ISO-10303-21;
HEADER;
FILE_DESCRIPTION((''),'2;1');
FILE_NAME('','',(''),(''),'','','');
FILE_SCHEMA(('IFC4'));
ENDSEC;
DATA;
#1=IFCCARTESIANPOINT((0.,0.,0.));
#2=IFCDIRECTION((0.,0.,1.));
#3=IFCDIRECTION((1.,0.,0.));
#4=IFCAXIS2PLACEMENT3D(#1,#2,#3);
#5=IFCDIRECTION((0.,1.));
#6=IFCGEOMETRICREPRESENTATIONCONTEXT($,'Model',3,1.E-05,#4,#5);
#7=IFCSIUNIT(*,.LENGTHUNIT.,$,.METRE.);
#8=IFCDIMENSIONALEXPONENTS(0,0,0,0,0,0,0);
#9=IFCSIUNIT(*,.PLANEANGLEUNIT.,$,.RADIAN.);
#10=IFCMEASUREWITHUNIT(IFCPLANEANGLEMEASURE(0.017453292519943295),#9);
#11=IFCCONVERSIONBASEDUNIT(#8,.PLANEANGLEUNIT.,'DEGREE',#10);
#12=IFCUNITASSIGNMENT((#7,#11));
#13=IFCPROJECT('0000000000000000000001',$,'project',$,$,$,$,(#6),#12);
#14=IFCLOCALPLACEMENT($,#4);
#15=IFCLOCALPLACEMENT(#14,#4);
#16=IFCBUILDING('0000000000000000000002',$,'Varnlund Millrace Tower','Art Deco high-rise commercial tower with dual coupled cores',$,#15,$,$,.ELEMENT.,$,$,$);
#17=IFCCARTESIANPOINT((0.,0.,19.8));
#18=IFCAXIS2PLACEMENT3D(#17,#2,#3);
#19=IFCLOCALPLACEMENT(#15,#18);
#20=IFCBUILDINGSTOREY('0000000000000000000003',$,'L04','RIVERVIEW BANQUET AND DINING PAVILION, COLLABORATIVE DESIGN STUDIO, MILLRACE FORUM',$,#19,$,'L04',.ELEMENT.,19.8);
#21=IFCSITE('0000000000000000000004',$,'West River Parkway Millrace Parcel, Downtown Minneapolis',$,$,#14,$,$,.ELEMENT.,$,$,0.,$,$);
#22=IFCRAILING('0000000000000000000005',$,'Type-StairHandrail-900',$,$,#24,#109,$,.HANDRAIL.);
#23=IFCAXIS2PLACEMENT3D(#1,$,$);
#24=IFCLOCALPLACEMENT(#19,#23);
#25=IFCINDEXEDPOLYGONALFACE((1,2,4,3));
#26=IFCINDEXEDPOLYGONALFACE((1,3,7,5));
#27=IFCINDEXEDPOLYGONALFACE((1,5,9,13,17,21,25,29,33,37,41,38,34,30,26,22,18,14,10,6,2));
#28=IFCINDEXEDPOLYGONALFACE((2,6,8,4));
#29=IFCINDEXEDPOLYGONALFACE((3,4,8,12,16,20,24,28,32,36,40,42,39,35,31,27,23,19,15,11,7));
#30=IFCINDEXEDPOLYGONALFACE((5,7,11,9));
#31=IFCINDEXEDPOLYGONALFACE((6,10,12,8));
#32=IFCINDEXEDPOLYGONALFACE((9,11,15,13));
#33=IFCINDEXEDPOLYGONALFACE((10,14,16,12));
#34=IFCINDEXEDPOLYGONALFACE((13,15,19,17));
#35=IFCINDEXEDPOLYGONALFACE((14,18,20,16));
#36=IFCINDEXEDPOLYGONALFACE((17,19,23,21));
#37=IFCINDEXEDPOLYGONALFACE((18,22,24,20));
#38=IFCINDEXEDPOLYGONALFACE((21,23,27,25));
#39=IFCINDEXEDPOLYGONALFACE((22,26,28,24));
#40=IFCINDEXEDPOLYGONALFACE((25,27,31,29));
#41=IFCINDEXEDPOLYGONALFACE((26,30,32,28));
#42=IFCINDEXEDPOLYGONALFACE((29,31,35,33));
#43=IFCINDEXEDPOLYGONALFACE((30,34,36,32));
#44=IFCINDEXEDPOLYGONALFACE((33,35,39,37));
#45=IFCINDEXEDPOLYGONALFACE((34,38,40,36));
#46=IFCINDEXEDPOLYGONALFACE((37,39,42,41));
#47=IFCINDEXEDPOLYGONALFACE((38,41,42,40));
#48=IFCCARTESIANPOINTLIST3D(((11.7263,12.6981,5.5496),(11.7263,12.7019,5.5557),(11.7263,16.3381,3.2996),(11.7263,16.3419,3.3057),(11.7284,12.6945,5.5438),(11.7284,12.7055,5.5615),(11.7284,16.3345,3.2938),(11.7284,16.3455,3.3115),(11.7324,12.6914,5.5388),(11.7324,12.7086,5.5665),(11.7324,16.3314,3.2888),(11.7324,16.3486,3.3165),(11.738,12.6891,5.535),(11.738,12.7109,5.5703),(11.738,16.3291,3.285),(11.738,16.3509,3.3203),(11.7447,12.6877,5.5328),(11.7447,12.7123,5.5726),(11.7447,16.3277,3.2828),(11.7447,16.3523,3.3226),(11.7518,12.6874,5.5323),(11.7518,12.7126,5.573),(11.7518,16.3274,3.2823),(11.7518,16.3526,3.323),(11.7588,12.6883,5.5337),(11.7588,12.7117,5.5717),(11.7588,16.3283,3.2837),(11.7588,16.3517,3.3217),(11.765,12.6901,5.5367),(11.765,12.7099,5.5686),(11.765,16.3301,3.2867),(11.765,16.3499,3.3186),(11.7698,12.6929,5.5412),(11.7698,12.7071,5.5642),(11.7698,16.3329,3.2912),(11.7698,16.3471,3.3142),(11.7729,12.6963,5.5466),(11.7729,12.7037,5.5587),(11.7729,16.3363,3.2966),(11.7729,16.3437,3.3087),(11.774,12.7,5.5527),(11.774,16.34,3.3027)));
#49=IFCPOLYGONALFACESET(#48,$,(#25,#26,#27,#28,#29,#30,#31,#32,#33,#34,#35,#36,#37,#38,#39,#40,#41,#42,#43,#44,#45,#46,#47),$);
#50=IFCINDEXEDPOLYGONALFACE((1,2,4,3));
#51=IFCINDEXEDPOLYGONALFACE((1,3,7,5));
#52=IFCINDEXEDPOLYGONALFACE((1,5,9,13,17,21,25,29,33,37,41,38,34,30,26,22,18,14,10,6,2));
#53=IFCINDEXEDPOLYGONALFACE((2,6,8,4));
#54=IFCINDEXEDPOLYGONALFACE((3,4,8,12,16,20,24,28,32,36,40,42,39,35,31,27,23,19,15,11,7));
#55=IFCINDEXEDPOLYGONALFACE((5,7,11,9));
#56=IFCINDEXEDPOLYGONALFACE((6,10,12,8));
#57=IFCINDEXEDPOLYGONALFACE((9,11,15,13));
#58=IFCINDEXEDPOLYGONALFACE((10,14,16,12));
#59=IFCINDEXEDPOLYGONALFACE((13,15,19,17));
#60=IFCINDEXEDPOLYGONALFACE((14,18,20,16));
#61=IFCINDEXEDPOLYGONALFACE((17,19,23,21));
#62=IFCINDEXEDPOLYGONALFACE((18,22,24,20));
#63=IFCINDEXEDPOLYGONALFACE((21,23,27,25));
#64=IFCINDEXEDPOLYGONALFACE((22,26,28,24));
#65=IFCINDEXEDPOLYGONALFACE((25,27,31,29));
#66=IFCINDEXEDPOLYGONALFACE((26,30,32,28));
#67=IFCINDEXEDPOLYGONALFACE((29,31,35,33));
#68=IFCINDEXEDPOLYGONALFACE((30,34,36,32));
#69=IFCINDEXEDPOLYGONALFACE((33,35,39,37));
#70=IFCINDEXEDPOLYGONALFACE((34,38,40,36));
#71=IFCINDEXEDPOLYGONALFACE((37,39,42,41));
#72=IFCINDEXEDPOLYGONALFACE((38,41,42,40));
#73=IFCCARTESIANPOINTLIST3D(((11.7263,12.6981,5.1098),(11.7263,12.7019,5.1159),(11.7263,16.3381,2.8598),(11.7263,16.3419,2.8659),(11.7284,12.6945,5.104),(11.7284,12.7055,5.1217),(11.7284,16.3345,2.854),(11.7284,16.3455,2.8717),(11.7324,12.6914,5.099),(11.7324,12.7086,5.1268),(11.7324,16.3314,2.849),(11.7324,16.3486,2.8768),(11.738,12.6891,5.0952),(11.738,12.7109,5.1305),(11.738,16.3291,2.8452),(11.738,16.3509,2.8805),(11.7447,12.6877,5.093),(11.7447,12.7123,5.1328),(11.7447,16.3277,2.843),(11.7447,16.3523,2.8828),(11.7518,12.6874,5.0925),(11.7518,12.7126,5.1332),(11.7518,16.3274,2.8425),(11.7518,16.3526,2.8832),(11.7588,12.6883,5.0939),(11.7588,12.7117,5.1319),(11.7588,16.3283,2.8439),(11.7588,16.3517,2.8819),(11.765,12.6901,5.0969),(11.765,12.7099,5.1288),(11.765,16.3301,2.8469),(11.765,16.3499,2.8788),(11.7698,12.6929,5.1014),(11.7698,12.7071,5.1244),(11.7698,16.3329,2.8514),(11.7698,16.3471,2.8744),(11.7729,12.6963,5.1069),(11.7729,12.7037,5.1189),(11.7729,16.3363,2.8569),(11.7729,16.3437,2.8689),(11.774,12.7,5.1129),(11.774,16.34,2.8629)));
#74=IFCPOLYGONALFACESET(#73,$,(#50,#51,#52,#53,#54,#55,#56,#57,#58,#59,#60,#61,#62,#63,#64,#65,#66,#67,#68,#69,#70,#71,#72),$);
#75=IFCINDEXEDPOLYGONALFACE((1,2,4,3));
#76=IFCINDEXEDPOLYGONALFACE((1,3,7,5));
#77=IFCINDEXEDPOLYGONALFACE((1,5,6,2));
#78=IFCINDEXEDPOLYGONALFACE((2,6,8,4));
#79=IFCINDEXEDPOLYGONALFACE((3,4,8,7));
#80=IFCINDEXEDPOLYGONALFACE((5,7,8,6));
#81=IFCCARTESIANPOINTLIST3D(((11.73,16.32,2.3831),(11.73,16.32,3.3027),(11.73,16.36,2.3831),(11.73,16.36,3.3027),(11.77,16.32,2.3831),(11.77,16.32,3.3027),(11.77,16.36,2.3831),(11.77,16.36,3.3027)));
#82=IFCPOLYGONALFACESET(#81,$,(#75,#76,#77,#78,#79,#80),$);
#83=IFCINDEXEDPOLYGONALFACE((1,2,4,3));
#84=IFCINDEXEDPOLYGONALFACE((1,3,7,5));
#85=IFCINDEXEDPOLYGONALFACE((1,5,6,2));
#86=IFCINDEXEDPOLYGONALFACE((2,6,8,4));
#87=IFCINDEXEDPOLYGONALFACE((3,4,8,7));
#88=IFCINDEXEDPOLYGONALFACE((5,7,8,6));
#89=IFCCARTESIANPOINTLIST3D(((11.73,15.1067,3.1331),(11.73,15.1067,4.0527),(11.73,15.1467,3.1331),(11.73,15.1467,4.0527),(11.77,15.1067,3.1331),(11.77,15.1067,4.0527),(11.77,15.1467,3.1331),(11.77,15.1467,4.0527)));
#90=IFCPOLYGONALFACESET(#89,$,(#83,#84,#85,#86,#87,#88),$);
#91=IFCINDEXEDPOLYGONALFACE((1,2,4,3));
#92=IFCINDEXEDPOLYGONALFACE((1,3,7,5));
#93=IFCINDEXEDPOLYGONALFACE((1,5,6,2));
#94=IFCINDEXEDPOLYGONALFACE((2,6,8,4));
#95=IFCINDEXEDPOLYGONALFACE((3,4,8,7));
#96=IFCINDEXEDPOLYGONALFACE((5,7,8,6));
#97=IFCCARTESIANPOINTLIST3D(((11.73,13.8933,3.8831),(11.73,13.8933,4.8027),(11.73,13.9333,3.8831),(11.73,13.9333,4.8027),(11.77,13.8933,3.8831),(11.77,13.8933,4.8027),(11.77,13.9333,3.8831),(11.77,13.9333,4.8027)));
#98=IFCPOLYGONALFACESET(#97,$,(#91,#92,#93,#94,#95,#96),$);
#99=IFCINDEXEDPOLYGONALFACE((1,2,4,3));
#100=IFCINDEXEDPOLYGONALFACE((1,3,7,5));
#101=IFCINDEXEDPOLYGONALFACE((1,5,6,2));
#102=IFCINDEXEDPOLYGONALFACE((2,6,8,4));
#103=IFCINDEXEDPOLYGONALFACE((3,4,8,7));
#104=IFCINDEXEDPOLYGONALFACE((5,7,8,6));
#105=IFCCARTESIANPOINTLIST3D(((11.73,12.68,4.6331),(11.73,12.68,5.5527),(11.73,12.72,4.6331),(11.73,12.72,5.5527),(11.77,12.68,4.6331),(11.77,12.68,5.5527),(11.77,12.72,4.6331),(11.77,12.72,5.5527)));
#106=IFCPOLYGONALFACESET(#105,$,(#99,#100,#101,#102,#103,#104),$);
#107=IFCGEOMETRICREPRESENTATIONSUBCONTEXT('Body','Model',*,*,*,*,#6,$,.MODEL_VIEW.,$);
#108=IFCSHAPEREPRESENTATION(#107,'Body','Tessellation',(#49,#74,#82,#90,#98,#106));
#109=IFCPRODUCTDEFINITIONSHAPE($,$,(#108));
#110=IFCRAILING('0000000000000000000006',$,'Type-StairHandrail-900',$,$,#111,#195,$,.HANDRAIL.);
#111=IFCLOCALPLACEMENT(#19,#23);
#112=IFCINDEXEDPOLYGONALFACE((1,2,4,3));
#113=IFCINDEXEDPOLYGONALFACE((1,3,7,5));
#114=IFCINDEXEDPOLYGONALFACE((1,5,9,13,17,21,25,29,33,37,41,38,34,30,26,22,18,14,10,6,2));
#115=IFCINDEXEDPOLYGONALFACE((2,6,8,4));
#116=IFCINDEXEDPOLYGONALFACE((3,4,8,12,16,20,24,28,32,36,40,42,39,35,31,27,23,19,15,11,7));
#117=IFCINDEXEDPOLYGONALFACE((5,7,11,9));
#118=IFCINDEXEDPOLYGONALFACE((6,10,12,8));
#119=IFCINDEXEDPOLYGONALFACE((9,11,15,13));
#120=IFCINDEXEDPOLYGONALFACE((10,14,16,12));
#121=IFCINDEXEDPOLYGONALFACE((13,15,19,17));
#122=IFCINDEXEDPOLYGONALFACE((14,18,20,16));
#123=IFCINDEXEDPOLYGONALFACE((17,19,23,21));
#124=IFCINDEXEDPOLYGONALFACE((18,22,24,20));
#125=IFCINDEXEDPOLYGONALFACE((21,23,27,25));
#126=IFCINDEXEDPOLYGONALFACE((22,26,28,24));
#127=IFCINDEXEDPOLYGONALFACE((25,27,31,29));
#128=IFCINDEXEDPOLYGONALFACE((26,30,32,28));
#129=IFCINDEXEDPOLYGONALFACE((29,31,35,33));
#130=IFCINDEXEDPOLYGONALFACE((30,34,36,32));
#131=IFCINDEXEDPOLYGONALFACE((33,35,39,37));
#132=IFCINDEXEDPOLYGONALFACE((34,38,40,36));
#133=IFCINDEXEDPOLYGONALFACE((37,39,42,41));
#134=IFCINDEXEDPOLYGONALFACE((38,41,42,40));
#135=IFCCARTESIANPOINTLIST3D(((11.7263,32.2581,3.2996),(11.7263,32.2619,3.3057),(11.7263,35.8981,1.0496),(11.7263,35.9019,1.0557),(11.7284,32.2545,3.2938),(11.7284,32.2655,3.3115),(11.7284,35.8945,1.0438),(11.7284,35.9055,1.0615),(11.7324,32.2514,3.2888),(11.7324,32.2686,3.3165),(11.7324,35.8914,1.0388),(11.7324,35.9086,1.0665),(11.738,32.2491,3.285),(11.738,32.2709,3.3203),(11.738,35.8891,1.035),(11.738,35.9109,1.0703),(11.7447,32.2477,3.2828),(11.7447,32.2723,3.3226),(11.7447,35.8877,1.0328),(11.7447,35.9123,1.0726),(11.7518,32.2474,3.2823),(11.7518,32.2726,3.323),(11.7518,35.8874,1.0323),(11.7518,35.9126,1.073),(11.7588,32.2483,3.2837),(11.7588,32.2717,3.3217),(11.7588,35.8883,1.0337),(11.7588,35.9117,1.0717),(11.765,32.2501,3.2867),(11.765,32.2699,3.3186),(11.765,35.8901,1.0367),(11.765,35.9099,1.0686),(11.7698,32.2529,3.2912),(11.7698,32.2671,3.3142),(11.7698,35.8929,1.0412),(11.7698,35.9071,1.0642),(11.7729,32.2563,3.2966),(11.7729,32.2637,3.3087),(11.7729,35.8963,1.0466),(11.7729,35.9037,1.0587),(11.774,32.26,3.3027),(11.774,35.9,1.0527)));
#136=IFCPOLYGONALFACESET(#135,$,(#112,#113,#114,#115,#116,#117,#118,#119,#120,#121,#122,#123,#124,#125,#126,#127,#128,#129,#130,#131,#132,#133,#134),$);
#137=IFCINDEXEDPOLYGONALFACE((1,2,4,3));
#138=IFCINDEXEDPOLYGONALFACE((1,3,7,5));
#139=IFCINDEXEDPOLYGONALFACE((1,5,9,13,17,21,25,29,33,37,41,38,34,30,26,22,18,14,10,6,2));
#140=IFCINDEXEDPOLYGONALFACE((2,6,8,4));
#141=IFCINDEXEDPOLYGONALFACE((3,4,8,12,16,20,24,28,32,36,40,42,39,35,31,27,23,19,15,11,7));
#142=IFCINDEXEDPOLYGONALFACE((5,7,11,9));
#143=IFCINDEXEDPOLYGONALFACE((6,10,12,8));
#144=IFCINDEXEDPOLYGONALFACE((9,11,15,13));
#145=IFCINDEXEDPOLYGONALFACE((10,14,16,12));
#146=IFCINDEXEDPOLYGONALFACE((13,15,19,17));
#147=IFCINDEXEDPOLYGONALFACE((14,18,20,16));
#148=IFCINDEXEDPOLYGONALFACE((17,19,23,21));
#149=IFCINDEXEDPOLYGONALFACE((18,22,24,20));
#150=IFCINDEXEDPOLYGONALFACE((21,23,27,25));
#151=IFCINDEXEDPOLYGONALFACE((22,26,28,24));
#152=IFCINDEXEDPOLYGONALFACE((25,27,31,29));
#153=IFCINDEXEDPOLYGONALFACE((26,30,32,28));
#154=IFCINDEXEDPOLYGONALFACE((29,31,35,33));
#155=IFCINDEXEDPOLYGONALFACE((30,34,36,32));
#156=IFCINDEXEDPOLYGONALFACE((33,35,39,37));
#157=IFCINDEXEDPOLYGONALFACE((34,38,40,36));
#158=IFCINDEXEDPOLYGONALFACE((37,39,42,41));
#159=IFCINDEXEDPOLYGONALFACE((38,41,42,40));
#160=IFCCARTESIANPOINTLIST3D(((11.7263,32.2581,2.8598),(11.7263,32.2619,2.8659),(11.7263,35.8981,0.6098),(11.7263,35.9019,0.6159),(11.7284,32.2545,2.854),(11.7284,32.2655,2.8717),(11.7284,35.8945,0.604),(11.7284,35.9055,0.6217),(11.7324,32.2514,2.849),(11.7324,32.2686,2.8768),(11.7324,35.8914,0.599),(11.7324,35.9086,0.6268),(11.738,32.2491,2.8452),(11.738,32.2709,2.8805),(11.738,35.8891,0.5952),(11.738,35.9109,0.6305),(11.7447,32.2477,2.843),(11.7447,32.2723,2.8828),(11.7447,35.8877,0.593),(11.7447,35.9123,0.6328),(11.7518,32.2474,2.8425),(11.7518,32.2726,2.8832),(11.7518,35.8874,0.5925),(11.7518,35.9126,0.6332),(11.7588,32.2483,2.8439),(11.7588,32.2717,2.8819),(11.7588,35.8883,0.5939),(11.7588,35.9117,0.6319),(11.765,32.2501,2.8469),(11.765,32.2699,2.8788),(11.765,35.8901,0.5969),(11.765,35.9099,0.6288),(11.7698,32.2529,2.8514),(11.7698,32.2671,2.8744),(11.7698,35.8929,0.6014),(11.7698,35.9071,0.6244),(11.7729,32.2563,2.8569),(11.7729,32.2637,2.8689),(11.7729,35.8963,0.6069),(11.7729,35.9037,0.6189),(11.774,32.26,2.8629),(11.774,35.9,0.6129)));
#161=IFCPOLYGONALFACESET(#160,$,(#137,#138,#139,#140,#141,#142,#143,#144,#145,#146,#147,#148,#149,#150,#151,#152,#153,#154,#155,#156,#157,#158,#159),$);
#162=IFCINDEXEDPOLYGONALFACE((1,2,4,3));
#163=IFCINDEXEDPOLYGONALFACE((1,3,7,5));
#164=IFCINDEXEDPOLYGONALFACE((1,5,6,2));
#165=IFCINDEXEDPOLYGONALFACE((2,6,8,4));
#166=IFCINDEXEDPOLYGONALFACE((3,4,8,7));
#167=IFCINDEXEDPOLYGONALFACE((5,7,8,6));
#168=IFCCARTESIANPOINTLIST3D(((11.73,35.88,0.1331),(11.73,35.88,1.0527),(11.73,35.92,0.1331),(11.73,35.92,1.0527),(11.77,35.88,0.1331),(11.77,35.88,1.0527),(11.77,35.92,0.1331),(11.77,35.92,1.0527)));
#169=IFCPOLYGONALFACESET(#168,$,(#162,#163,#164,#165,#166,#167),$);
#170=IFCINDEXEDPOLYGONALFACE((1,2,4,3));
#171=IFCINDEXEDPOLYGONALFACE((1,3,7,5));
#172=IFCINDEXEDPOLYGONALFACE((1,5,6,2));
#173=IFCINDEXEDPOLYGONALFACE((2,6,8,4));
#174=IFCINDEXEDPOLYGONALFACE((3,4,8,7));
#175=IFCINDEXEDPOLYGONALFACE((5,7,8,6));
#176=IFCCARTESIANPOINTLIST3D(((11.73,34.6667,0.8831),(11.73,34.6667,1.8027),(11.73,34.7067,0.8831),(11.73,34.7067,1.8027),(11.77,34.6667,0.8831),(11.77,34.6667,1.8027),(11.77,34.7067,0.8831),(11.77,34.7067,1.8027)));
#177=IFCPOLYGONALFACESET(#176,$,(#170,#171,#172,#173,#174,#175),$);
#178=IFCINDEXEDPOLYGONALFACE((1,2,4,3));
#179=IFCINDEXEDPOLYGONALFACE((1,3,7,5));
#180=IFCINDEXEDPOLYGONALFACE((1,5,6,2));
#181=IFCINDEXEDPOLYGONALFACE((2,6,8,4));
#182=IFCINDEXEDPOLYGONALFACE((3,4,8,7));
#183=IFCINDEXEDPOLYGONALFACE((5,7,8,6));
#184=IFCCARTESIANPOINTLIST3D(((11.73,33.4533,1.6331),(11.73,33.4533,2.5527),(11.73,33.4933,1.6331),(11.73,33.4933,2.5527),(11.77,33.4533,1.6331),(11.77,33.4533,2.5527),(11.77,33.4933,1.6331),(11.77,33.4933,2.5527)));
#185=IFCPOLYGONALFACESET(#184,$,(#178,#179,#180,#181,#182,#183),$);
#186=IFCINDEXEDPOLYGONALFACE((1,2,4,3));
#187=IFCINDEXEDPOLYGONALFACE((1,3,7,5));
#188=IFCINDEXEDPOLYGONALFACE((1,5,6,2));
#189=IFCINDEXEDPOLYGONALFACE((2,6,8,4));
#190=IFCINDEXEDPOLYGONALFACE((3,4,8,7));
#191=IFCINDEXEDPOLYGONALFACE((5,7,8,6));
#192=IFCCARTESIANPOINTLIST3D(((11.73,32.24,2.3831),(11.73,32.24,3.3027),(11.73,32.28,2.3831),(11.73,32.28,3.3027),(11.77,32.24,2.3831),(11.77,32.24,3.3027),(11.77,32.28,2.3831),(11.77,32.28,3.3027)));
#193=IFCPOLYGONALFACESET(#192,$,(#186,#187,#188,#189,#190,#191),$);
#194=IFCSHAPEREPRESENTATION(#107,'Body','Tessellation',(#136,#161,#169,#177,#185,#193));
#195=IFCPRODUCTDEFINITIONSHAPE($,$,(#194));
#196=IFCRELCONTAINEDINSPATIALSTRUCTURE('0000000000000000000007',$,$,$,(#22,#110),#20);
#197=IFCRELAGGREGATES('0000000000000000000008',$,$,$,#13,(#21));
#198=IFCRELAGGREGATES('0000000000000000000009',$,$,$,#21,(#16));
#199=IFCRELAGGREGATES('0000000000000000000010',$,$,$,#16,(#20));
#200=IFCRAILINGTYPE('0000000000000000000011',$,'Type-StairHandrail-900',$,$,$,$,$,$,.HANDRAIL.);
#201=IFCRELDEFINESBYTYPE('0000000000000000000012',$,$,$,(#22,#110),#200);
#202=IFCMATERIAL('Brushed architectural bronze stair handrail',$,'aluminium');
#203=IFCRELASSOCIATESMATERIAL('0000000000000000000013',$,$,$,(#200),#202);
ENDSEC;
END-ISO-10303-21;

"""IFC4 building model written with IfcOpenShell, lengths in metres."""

from ifc_helpers import new_model, entity, si_unit, converted_unit, direction, frame, origin_with_axes, origin_2d_with_axis, place, context, subcontext, project, spatial, rectangle, circle, extrude, material, type_object, element, save


model = new_model("IFC4")

# Units and contexts
model_context = context("Model", 3, precision=1e-05, world=origin_with_axes(), true_north=direction((0.0, 1.0)))
body_context = subcontext(model_context, "Body", "Model", "MODEL_VIEW")
ifc_project = project(units=[si_unit("LENGTHUNIT", "METRE"), converted_unit("PLANEANGLEUNIT", "DEGREE", entity("IfcPlaneAngleMeasure", 0.017453292519943295), si_unit("PLANEANGLEUNIT", "RADIAN"), dimensions=[0, 0, 0, 0, 0, 0, 0])], contexts=[model_context])

# Site, building, storey
site_placement = place(None, origin_with_axes())
site = spatial("IfcSite", under=ifc_project, at=site_placement, Name="West River Parkway Millrace Parcel, Downtown Minneapolis", CompositionType="ELEMENT", RefElevation=0.0)
building_placement = place(site_placement, origin_with_axes())
building = spatial("IfcBuilding", under=site, at=building_placement, Name="Varnlund Millrace Tower", Description="Art Deco high-rise commercial tower with dual coupled cores", CompositionType="ELEMENT")
storey_placement = place(building_placement, frame((0.0, 0.0, 19.8), z_axis=(0.0, 0.0, 1.0), x_axis=(1.0, 0.0, 0.0)))
storey = spatial("IfcBuildingStorey", under=building, at=storey_placement, Name="L04", Description="RIVERVIEW BANQUET AND DINING PAVILION, COLLABORATIVE DESIGN STUDIO, MILLRACE FORUM", LongName="L04", CompositionType="ELEMENT", Elevation=19.8)

# Railings
ifc_material_1 = material(Name="Brushed architectural bronze stair handrail", Category="aluminium")
railing_type_1 = type_object("IfcRailingType", Name="Type-StairHandrail-900", PredefinedType="HANDRAIL", material=ifc_material_1)
railing_1_placement = place(storey_placement, frame((0.0, 0.0, -19.8), z_axis=(0.0, 0.0, 1.0), x_axis=(1.0, 0.0, 0.0)))
element("IfcRailing", 1, at=railing_1_placement, inside=storey, type_object=railing_type_1, Name="Type-StairHandrail-900", PredefinedType="HANDRAIL", context=body_context, shape_type="SweptSolid", body=[
    extrude(circle(Radius=0.024, at=origin_2d_with_axis()), frame((11.75, 16.34, 23.1027), z_axis=(0.0, -0.850614, 0.525791), x_axis=(1.0, 0.0, 0.0)), (0.0, 0.0, 1.0), 4.2793),
    extrude(circle(Radius=0.024, at=origin_2d_with_axis()), frame((11.75, 16.34, 22.6629), z_axis=(0.0, -0.850614, 0.525791), x_axis=(1.0, 0.0, 0.0)), (0.0, 0.0, 1.0), 4.2793),
    extrude(rectangle(XDim=0.04, YDim=0.04, at=origin_2d_with_axis()), frame((11.75, 16.34, 22.1831), z_axis=(0.0, 0.0, 1.0), x_axis=(1.0, 0.0, 0.0)), (0.0, 0.0, 1.0), 0.9196),
    extrude(rectangle(XDim=0.04, YDim=0.04, at=origin_2d_with_axis()), frame((11.75, 15.1267, 22.9331), z_axis=(0.0, 0.0, 1.0), x_axis=(1.0, 0.0, 0.0)), (0.0, 0.0, 1.0), 0.9196),
    extrude(rectangle(XDim=0.04, YDim=0.04, at=origin_2d_with_axis()), frame((11.75, 13.9133, 23.6831), z_axis=(0.0, 0.0, 1.0), x_axis=(1.0, 0.0, 0.0)), (0.0, 0.0, 1.0), 0.9196),
    extrude(rectangle(XDim=0.04, YDim=0.04, at=origin_2d_with_axis()), frame((11.75, 12.7, 24.4331), z_axis=(0.0, 0.0, 1.0), x_axis=(1.0, 0.0, 0.0)), (0.0, 0.0, 1.0), 0.9196),
])
railing_2_placement = place(storey_placement, frame((0.0, 0.0, -19.8), z_axis=(0.0, 0.0, 1.0), x_axis=(1.0, 0.0, 0.0)))
element("IfcRailing", 2, at=railing_2_placement, inside=storey, type_object=railing_type_1, Name="Type-StairHandrail-900", PredefinedType="HANDRAIL", context=body_context, shape_type="SweptSolid", body=[
    extrude(circle(Radius=0.024, at=origin_2d_with_axis()), frame((11.75, 35.9, 20.8527), z_axis=(0.0, -0.850614, 0.525791), x_axis=(1.0, 0.0, 0.0)), (0.0, 0.0, 1.0), 4.2793),
    extrude(circle(Radius=0.024, at=origin_2d_with_axis()), frame((11.75, 35.9, 20.4129), z_axis=(0.0, -0.850614, 0.525791), x_axis=(1.0, 0.0, 0.0)), (0.0, 0.0, 1.0), 4.2793),
    extrude(rectangle(XDim=0.04, YDim=0.04, at=origin_2d_with_axis()), frame((11.75, 35.9, 19.9331), z_axis=(0.0, 0.0, 1.0), x_axis=(1.0, 0.0, 0.0)), (0.0, 0.0, 1.0), 0.9196),
    extrude(rectangle(XDim=0.04, YDim=0.04, at=origin_2d_with_axis()), frame((11.75, 34.6867, 20.6831), z_axis=(0.0, 0.0, 1.0), x_axis=(1.0, 0.0, 0.0)), (0.0, 0.0, 1.0), 0.9196),
    extrude(rectangle(XDim=0.04, YDim=0.04, at=origin_2d_with_axis()), frame((11.75, 33.4733, 21.4331), z_axis=(0.0, 0.0, 1.0), x_axis=(1.0, 0.0, 0.0)), (0.0, 0.0, 1.0), 0.9196),
    extrude(rectangle(XDim=0.04, YDim=0.04, at=origin_2d_with_axis()), frame((11.75, 32.26, 22.1831), z_axis=(0.0, 0.0, 1.0), x_axis=(1.0, 0.0, 0.0)), (0.0, 0.0, 1.0), 0.9196),
])

save(model, "model.ifc")
